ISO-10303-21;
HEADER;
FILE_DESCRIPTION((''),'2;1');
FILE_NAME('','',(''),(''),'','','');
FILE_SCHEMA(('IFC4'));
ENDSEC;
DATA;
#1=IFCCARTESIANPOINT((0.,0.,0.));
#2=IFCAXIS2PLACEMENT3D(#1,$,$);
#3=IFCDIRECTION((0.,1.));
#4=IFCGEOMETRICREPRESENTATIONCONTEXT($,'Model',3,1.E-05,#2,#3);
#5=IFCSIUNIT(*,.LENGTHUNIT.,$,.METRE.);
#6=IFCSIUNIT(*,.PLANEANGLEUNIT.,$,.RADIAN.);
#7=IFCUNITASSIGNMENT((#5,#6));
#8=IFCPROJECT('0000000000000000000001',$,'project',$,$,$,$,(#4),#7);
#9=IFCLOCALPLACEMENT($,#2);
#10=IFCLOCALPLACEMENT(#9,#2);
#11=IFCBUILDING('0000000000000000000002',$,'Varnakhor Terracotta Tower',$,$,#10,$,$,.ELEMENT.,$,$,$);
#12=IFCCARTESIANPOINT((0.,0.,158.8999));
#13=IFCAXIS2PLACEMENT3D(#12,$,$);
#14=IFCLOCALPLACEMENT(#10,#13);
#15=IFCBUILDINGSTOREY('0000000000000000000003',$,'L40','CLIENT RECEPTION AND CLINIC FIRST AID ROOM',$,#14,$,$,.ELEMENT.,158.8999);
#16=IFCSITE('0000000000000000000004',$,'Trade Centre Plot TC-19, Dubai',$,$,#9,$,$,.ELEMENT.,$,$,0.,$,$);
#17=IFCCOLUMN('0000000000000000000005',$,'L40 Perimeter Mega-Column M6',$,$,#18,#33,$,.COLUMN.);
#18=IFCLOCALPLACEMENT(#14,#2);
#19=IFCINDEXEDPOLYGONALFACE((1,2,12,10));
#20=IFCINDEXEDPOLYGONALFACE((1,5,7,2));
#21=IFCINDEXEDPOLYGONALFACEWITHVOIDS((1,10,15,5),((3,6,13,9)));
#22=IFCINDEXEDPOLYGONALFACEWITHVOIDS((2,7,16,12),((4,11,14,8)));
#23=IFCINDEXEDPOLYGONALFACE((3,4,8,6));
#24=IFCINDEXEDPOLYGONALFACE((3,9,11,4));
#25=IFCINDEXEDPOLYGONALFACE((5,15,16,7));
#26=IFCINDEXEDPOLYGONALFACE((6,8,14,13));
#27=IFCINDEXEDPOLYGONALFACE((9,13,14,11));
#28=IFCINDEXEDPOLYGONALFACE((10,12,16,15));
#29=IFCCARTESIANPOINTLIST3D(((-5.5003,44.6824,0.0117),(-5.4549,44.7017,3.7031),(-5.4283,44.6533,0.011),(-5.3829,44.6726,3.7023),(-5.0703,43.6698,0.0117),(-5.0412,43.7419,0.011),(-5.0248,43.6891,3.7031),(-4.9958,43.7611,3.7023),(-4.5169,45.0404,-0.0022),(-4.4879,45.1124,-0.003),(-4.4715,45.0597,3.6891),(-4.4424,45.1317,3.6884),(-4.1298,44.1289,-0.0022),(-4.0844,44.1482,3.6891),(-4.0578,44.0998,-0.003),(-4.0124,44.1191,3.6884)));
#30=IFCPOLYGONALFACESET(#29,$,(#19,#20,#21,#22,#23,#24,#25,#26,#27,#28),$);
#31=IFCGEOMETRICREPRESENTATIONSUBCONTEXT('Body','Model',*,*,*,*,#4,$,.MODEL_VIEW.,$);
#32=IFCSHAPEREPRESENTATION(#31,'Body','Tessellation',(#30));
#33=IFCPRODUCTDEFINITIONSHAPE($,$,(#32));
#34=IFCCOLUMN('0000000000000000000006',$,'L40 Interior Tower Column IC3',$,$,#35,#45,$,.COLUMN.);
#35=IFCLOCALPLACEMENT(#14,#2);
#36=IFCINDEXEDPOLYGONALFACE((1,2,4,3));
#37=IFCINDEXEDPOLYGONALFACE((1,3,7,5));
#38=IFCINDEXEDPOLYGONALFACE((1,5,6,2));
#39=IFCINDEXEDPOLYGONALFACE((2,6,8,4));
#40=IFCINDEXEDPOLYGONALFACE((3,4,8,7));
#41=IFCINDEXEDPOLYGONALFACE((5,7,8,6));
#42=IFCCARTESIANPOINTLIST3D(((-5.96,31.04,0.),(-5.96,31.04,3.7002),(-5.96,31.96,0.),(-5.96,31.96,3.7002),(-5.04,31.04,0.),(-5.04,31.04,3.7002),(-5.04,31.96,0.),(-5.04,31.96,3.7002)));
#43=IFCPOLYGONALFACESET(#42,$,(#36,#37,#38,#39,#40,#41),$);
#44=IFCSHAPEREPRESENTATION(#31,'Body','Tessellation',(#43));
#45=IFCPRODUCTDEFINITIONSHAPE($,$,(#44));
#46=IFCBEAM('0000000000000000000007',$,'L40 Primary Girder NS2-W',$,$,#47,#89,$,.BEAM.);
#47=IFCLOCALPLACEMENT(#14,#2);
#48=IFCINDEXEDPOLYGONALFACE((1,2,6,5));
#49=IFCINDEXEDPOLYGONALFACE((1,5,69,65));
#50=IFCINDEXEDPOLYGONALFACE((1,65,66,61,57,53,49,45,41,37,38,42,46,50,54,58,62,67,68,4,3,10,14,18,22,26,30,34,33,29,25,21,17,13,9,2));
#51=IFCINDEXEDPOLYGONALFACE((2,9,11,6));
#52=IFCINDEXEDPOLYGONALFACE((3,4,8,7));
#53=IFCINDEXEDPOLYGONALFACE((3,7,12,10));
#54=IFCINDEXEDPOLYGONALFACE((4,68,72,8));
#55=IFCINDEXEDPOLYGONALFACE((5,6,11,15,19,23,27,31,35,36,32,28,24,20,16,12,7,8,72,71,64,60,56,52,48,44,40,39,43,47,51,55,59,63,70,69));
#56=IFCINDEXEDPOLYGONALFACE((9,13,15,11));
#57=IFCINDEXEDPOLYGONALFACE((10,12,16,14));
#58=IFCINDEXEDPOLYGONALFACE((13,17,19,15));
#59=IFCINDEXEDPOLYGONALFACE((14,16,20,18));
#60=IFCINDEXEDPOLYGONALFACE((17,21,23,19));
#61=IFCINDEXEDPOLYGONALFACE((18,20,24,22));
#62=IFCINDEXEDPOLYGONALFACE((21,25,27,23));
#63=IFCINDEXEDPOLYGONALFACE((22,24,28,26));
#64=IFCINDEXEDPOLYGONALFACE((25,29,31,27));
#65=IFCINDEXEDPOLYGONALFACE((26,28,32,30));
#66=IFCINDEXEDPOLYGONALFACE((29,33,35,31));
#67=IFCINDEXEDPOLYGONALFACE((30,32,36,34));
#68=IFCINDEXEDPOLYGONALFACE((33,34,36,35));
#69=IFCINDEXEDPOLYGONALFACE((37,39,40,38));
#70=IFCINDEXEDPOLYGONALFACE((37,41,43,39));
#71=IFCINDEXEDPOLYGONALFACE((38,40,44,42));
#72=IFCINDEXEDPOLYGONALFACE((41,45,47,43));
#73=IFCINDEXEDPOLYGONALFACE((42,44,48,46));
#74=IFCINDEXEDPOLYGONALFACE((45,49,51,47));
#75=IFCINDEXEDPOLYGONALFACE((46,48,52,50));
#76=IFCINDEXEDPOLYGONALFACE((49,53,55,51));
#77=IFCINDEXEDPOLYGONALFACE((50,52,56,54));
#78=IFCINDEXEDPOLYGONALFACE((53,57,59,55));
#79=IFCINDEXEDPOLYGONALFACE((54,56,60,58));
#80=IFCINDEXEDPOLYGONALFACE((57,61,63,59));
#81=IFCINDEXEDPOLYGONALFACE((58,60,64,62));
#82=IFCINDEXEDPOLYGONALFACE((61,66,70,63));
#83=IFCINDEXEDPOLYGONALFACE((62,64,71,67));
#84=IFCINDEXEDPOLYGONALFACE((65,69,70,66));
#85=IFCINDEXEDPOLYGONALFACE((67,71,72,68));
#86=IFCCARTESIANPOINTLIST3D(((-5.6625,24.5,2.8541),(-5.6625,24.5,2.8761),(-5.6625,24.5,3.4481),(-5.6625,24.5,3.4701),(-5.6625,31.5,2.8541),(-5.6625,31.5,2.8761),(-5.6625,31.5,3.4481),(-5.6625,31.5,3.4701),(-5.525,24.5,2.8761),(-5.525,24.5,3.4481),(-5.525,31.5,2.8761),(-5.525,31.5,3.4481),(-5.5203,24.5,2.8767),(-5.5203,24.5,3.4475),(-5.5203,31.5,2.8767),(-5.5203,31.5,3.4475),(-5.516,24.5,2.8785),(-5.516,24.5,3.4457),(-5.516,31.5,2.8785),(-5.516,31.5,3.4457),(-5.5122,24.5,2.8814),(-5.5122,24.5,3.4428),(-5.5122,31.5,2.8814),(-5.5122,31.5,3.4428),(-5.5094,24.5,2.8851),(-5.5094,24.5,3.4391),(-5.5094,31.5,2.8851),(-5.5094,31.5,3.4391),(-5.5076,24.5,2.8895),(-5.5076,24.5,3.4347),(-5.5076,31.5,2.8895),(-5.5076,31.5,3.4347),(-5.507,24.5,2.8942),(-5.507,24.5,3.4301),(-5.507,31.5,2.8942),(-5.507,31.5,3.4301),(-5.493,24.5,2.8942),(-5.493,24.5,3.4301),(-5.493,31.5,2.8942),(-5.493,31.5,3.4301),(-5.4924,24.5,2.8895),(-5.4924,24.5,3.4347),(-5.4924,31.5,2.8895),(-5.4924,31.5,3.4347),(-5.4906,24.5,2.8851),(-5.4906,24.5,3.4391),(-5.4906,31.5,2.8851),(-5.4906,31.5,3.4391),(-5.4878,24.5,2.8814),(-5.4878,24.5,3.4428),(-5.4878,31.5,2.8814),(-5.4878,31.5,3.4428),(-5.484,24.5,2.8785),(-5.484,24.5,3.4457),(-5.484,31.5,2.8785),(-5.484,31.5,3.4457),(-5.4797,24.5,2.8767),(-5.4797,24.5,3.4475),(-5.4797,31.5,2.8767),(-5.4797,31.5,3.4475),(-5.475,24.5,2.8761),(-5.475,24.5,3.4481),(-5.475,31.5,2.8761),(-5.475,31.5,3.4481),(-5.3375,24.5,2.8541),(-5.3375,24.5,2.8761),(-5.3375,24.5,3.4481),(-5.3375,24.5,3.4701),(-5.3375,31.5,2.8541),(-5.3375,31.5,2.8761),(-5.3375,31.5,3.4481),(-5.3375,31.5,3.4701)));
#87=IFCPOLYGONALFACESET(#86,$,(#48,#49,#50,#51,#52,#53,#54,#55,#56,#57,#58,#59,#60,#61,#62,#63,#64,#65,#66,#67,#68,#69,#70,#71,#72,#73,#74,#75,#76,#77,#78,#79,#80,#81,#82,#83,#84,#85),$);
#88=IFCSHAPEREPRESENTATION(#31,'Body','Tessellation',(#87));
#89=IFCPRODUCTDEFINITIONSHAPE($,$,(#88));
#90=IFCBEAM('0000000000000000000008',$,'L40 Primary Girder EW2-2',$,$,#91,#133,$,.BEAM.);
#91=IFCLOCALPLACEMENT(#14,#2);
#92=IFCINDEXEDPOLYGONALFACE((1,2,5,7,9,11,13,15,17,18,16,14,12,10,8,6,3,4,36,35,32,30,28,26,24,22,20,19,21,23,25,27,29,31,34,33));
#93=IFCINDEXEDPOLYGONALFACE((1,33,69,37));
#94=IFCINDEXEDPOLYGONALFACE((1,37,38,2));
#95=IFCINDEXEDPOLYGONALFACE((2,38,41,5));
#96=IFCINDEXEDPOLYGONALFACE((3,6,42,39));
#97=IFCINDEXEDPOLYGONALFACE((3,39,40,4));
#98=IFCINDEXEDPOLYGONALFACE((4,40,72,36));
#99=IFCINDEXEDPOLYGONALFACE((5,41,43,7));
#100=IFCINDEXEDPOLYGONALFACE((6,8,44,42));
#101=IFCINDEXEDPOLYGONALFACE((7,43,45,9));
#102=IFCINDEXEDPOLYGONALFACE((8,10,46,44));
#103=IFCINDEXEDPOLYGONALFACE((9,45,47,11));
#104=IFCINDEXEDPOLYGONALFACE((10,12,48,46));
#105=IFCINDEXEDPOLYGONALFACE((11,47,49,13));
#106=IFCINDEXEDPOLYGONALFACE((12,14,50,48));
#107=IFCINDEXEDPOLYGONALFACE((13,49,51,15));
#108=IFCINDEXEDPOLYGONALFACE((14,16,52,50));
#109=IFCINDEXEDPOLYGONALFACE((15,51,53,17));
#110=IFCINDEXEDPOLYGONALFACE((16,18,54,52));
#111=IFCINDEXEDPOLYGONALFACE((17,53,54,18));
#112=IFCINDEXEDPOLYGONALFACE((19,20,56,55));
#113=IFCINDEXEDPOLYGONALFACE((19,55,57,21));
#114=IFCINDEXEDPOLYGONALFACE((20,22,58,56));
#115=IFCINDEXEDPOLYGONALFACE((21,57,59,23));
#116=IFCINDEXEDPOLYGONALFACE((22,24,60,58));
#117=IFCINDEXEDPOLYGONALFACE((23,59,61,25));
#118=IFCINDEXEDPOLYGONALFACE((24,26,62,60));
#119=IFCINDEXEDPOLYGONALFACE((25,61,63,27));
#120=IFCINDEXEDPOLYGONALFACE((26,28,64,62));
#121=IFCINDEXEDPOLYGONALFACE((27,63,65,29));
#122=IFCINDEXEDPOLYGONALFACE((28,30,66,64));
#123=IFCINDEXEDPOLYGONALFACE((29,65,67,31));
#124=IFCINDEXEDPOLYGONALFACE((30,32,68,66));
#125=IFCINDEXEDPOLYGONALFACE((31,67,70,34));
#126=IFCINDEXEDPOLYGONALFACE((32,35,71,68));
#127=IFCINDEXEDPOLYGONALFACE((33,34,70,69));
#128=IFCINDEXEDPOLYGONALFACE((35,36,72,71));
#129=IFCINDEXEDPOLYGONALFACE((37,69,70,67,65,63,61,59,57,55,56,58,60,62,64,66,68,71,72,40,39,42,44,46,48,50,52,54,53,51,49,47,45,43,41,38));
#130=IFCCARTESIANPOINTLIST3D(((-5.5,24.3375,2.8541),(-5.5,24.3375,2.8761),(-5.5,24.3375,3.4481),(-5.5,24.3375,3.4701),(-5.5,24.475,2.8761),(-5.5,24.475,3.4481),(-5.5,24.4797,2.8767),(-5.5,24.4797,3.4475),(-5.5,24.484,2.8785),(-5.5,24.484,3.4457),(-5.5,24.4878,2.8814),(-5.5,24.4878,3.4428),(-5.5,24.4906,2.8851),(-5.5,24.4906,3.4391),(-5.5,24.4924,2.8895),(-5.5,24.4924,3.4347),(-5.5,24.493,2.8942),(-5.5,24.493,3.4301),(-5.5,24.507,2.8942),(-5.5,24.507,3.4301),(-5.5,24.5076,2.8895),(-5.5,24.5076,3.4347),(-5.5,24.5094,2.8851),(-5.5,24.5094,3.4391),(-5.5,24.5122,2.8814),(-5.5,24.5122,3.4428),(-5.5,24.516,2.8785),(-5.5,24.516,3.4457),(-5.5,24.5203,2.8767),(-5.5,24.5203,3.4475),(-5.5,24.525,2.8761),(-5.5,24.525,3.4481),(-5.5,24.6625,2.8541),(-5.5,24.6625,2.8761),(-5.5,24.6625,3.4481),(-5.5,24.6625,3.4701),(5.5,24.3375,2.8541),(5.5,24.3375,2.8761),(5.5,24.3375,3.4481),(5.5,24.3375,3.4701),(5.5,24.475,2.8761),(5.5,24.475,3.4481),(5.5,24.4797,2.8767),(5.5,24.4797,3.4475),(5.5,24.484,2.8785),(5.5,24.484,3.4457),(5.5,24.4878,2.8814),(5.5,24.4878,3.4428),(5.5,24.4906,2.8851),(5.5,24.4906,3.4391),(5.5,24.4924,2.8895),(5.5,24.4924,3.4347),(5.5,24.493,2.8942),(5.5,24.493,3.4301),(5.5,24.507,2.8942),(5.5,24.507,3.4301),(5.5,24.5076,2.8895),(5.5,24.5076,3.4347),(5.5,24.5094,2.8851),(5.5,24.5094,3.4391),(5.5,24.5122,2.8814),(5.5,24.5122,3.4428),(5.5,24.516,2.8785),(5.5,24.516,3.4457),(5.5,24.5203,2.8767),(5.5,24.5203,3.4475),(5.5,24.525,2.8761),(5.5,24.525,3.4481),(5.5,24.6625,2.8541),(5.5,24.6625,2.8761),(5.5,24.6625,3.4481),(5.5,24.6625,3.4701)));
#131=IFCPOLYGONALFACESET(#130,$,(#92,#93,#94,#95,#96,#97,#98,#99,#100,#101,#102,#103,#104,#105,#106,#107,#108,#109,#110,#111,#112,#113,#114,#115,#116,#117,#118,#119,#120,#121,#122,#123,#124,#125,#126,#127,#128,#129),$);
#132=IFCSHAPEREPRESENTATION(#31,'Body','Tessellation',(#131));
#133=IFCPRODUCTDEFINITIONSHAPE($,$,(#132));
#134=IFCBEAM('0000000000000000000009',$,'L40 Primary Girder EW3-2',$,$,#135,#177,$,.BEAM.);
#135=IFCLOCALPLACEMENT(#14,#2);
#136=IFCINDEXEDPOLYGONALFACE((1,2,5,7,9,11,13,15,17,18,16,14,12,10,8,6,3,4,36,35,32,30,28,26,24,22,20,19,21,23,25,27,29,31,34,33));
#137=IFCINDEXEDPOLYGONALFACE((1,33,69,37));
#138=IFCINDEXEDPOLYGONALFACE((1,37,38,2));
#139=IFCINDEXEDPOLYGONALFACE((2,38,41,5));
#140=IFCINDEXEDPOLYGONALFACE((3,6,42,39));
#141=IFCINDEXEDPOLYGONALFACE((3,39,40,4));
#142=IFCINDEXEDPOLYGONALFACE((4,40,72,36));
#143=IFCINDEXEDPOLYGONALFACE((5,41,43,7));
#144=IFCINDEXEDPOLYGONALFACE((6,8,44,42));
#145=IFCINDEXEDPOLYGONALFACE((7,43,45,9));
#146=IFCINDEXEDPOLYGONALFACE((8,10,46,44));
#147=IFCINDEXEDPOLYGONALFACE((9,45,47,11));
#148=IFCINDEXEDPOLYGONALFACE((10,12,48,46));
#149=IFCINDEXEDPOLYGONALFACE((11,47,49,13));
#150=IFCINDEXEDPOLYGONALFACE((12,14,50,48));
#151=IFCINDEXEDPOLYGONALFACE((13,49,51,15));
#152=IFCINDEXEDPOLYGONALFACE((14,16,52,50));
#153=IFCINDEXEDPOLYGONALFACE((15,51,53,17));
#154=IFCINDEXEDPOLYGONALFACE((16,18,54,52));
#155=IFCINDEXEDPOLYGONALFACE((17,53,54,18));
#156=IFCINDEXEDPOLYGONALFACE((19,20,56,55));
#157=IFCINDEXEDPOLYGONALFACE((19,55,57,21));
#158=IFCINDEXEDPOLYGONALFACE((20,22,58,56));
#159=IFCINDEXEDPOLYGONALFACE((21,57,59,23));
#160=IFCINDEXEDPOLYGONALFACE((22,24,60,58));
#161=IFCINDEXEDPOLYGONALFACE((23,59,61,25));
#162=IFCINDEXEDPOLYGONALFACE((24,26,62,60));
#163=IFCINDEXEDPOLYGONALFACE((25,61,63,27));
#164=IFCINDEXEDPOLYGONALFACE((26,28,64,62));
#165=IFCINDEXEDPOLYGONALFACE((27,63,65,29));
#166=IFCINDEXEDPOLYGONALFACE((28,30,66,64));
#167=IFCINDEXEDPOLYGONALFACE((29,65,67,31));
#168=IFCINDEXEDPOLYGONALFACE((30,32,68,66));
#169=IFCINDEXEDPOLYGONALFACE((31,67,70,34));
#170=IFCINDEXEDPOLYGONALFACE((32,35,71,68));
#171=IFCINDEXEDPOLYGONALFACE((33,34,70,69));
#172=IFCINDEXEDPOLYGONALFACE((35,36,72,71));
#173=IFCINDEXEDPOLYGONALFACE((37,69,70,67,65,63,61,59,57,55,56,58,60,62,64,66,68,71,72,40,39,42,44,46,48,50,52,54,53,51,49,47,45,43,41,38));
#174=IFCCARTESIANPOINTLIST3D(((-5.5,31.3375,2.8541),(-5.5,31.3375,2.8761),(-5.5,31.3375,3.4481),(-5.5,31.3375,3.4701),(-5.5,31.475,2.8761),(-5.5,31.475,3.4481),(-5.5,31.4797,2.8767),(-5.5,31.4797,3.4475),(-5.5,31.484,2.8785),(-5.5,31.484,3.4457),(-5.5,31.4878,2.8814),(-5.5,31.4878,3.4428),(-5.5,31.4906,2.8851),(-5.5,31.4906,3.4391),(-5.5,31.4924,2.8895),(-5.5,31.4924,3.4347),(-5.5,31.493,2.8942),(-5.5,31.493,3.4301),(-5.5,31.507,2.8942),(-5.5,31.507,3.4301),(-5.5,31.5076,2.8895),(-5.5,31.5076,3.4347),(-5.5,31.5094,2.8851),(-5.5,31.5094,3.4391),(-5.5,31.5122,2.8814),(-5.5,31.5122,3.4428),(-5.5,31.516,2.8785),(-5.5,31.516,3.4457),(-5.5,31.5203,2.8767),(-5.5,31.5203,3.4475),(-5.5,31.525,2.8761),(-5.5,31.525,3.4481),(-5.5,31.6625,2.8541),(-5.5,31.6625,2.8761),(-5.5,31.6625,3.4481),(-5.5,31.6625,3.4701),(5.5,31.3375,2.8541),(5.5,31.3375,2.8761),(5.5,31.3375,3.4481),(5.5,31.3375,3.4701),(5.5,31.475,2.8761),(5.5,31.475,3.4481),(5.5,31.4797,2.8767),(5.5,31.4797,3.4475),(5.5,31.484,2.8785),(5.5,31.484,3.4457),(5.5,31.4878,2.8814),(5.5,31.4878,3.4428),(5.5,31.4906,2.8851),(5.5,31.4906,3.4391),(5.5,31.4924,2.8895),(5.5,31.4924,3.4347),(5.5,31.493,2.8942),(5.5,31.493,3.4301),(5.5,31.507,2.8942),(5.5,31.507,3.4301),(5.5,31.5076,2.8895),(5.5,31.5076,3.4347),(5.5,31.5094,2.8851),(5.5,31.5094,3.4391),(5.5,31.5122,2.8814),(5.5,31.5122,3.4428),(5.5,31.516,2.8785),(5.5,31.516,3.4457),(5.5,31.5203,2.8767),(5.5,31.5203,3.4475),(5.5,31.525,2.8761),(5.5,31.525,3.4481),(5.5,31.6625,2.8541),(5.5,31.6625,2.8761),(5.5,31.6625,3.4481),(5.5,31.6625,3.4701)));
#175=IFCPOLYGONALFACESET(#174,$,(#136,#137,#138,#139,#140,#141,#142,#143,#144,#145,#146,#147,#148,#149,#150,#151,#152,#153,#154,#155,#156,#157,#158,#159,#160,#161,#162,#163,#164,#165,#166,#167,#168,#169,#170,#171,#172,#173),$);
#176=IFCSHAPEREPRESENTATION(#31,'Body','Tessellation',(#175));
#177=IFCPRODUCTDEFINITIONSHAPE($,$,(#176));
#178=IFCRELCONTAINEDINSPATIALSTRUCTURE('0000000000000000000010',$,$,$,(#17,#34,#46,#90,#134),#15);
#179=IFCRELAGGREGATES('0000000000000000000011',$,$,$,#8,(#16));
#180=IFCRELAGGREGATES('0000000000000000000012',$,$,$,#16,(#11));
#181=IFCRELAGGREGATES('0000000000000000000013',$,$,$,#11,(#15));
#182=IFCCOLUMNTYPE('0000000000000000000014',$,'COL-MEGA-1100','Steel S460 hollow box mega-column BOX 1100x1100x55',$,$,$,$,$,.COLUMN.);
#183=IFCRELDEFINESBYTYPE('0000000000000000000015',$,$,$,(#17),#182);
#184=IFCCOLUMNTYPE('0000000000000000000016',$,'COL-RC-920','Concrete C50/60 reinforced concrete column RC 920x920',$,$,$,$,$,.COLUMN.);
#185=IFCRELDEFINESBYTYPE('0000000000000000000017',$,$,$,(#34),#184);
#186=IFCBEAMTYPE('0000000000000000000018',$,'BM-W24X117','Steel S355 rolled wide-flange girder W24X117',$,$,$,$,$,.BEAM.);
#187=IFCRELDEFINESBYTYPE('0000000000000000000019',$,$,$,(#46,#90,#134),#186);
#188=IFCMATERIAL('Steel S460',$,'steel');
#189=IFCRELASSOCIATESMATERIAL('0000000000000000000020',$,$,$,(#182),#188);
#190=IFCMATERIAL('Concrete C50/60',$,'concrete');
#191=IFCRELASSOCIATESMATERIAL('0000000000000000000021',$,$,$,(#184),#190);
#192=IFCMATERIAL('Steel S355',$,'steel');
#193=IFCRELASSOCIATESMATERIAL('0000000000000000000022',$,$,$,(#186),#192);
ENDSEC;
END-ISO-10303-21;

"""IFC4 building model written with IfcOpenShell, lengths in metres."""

from ifc_helpers import new_model, si_unit, direction, frame, origin, origin_2d, place, context, subcontext, project, spatial, rectangle, hollow_rectangle, i_section, extrude, source, transform, mapped, material, material_profile, profile_set, type_object, element, save


model = new_model("IFC4")

# Units and contexts
model_context = context("Model", 3, precision=1e-05, world=origin(), true_north=direction((0.0, 1.0)))
body_context = subcontext(model_context, "Body", "Model", "MODEL_VIEW")
ifc_project = project(units=[si_unit("LENGTHUNIT", "METRE"), si_unit("PLANEANGLEUNIT", "RADIAN")], contexts=[model_context])

# Site, building, storey
site_placement = place(None, origin())
site = spatial("IfcSite", under=ifc_project, at=site_placement, Name="Trade Centre Plot TC-19, Dubai", CompositionType="ELEMENT", RefElevation=0.0)
building_placement = place(site_placement, origin())
building = spatial("IfcBuilding", under=site, at=building_placement, Name="Varnakhor Terracotta Tower", CompositionType="ELEMENT")
storey_placement = place(building_placement, frame((0.0, 0.0, 158.8999)))
storey = spatial("IfcBuildingStorey", under=building, at=storey_placement, Name="L40", Description="CLIENT RECEPTION AND CLINIC FIRST AID ROOM", CompositionType="ELEMENT", Elevation=158.8999)

# Columns
ifc_material_1 = material(Name="Steel S460", Category="steel")
ifc_material_profile_1 = material_profile(ifc_material_1, hollow_rectangle(XDim=1.1001, YDim=1.1001, WallThickness=0.0549, at=origin_2d()), Name="BOX 1100x1100x55")
ifc_profile_set_1 = profile_set([ifc_material_profile_1], Name="Steel S460")
column_type_1 = type_object("IfcColumnType", Name="COL-MEGA-1100", Description="Steel S460 hollow box mega-column BOX 1100x1100x55", PredefinedType="COLUMN", material=ifc_profile_set_1)
shared_shape_1 = source(origin(), body_context, "Body", "SweptSolid", [
    extrude(hollow_rectangle(XDim=1.1001, YDim=1.1001, WallThickness=0.0549, at=origin_2d()), origin(), (0.0, 0.0, 1.0), 3.6917),
])
column_1_placement = place(storey_placement, frame((-4.7791, 44.3911, 0.0044), z_axis=(0.0123, 0.005224, 0.999911), x_axis=(-0.390931, 0.92042, 0.0)))
element("IfcColumn", 1, at=column_1_placement, inside=storey, type_object=column_type_1, Name="L40 Perimeter Mega-Column M6", PredefinedType="COLUMN", context=body_context, shape_type="MappedRepresentation", body=[
    mapped(shared_shape_1, transform((0.0, 0.0, 0.0), scale=1.0)),
])
ifc_material_2 = material(Name="Concrete C50/60", Category="concrete")
ifc_material_profile_2 = material_profile(ifc_material_2, rectangle(XDim=0.9199, YDim=0.9199, at=origin_2d()), Name="RC 920x920")
ifc_profile_set_2 = profile_set([ifc_material_profile_2], Name="Concrete C50/60")
column_type_2 = type_object("IfcColumnType", Name="COL-RC-920", Description="Concrete C50/60 reinforced concrete column RC 920x920", PredefinedType="COLUMN", material=ifc_profile_set_2)
shared_shape_2 = source(origin(), body_context, "Body", "SweptSolid", [
    extrude(rectangle(XDim=0.9199, YDim=0.9199, at=origin_2d()), origin(), (0.0, 0.0, 1.0), 3.7002),
])
column_2_placement = place(storey_placement, frame((-5.5, 31.5, 0.0), z_axis=(0.0, 0.0, 1.0), x_axis=(1.0, 0.0, 0.0)))
element("IfcColumn", 2, at=column_2_placement, inside=storey, type_object=column_type_2, Name="L40 Interior Tower Column IC3", PredefinedType="COLUMN", context=body_context, shape_type="MappedRepresentation", body=[
    mapped(shared_shape_2, transform((0.0, 0.0, 0.0), scale=1.0)),
])

# Beams
ifc_material_3 = material(Name="Steel S355", Category="steel")
ifc_material_profile_3 = material_profile(ifc_material_3, i_section(OverallWidth=0.325, OverallDepth=0.616, WebThickness=0.0139, FlangeThickness=0.022, FilletRadius=0.0181, at=origin_2d()), Name="W24X117")
ifc_profile_set_3 = profile_set([ifc_material_profile_3], Name="Steel S355")
beam_type_1 = type_object("IfcBeamType", Name="BM-W24X117", Description="Steel S355 rolled wide-flange girder W24X117", PredefinedType="BEAM", material=ifc_profile_set_3)
shared_shape_3 = source(origin(), body_context, "Body", "SweptSolid", [
    extrude(i_section(OverallWidth=0.325, OverallDepth=0.616, WebThickness=0.0139, FlangeThickness=0.022, FilletRadius=0.0181, at=origin_2d()), origin(), (0.0, 0.0, 1.0), 7.0),
])
beam_1_placement = place(storey_placement, frame((-5.5, 24.5, 3.1621), z_axis=(0.0, 1.0, 0.0), x_axis=(-1.0, 0.0, 0.0)))
element("IfcBeam", 3, at=beam_1_placement, inside=storey, type_object=beam_type_1, Name="L40 Primary Girder NS2-W", PredefinedType="BEAM", context=body_context, shape_type="MappedRepresentation", body=[
    mapped(shared_shape_3, transform((0.0, 0.0, 0.0), scale=1.0)),
])
shared_shape_4 = source(origin(), body_context, "Body", "SweptSolid", [
    extrude(i_section(OverallWidth=0.325, OverallDepth=0.616, WebThickness=0.0139, FlangeThickness=0.022, FilletRadius=0.0181, at=origin_2d()), origin(), (0.0, 0.0, 1.0), 11.0),
])
for number, where, z_axis, x_axis, name in (
    (4, (-5.5, 24.5, 3.1621), (1.0, 0.0, 0.0), (0.0, 1.0, 0.0), "L40 Primary Girder EW2-2"),
    (5, (-5.5, 31.5, 3.1621), (1.0, 0.0, 0.0), (0.0, 1.0, 0.0), "L40 Primary Girder EW3-2"),
):
    element("IfcBeam", number, at=place(storey_placement, frame(where, z_axis=z_axis, x_axis=x_axis)), inside=storey, type_object=beam_type_1, Name=name, PredefinedType="BEAM", context=body_context, shape_type="MappedRepresentation", body=[
        mapped(shared_shape_4, transform((0.0, 0.0, 0.0), scale=1.0)),
    ])

save(model, "model.ifc")
